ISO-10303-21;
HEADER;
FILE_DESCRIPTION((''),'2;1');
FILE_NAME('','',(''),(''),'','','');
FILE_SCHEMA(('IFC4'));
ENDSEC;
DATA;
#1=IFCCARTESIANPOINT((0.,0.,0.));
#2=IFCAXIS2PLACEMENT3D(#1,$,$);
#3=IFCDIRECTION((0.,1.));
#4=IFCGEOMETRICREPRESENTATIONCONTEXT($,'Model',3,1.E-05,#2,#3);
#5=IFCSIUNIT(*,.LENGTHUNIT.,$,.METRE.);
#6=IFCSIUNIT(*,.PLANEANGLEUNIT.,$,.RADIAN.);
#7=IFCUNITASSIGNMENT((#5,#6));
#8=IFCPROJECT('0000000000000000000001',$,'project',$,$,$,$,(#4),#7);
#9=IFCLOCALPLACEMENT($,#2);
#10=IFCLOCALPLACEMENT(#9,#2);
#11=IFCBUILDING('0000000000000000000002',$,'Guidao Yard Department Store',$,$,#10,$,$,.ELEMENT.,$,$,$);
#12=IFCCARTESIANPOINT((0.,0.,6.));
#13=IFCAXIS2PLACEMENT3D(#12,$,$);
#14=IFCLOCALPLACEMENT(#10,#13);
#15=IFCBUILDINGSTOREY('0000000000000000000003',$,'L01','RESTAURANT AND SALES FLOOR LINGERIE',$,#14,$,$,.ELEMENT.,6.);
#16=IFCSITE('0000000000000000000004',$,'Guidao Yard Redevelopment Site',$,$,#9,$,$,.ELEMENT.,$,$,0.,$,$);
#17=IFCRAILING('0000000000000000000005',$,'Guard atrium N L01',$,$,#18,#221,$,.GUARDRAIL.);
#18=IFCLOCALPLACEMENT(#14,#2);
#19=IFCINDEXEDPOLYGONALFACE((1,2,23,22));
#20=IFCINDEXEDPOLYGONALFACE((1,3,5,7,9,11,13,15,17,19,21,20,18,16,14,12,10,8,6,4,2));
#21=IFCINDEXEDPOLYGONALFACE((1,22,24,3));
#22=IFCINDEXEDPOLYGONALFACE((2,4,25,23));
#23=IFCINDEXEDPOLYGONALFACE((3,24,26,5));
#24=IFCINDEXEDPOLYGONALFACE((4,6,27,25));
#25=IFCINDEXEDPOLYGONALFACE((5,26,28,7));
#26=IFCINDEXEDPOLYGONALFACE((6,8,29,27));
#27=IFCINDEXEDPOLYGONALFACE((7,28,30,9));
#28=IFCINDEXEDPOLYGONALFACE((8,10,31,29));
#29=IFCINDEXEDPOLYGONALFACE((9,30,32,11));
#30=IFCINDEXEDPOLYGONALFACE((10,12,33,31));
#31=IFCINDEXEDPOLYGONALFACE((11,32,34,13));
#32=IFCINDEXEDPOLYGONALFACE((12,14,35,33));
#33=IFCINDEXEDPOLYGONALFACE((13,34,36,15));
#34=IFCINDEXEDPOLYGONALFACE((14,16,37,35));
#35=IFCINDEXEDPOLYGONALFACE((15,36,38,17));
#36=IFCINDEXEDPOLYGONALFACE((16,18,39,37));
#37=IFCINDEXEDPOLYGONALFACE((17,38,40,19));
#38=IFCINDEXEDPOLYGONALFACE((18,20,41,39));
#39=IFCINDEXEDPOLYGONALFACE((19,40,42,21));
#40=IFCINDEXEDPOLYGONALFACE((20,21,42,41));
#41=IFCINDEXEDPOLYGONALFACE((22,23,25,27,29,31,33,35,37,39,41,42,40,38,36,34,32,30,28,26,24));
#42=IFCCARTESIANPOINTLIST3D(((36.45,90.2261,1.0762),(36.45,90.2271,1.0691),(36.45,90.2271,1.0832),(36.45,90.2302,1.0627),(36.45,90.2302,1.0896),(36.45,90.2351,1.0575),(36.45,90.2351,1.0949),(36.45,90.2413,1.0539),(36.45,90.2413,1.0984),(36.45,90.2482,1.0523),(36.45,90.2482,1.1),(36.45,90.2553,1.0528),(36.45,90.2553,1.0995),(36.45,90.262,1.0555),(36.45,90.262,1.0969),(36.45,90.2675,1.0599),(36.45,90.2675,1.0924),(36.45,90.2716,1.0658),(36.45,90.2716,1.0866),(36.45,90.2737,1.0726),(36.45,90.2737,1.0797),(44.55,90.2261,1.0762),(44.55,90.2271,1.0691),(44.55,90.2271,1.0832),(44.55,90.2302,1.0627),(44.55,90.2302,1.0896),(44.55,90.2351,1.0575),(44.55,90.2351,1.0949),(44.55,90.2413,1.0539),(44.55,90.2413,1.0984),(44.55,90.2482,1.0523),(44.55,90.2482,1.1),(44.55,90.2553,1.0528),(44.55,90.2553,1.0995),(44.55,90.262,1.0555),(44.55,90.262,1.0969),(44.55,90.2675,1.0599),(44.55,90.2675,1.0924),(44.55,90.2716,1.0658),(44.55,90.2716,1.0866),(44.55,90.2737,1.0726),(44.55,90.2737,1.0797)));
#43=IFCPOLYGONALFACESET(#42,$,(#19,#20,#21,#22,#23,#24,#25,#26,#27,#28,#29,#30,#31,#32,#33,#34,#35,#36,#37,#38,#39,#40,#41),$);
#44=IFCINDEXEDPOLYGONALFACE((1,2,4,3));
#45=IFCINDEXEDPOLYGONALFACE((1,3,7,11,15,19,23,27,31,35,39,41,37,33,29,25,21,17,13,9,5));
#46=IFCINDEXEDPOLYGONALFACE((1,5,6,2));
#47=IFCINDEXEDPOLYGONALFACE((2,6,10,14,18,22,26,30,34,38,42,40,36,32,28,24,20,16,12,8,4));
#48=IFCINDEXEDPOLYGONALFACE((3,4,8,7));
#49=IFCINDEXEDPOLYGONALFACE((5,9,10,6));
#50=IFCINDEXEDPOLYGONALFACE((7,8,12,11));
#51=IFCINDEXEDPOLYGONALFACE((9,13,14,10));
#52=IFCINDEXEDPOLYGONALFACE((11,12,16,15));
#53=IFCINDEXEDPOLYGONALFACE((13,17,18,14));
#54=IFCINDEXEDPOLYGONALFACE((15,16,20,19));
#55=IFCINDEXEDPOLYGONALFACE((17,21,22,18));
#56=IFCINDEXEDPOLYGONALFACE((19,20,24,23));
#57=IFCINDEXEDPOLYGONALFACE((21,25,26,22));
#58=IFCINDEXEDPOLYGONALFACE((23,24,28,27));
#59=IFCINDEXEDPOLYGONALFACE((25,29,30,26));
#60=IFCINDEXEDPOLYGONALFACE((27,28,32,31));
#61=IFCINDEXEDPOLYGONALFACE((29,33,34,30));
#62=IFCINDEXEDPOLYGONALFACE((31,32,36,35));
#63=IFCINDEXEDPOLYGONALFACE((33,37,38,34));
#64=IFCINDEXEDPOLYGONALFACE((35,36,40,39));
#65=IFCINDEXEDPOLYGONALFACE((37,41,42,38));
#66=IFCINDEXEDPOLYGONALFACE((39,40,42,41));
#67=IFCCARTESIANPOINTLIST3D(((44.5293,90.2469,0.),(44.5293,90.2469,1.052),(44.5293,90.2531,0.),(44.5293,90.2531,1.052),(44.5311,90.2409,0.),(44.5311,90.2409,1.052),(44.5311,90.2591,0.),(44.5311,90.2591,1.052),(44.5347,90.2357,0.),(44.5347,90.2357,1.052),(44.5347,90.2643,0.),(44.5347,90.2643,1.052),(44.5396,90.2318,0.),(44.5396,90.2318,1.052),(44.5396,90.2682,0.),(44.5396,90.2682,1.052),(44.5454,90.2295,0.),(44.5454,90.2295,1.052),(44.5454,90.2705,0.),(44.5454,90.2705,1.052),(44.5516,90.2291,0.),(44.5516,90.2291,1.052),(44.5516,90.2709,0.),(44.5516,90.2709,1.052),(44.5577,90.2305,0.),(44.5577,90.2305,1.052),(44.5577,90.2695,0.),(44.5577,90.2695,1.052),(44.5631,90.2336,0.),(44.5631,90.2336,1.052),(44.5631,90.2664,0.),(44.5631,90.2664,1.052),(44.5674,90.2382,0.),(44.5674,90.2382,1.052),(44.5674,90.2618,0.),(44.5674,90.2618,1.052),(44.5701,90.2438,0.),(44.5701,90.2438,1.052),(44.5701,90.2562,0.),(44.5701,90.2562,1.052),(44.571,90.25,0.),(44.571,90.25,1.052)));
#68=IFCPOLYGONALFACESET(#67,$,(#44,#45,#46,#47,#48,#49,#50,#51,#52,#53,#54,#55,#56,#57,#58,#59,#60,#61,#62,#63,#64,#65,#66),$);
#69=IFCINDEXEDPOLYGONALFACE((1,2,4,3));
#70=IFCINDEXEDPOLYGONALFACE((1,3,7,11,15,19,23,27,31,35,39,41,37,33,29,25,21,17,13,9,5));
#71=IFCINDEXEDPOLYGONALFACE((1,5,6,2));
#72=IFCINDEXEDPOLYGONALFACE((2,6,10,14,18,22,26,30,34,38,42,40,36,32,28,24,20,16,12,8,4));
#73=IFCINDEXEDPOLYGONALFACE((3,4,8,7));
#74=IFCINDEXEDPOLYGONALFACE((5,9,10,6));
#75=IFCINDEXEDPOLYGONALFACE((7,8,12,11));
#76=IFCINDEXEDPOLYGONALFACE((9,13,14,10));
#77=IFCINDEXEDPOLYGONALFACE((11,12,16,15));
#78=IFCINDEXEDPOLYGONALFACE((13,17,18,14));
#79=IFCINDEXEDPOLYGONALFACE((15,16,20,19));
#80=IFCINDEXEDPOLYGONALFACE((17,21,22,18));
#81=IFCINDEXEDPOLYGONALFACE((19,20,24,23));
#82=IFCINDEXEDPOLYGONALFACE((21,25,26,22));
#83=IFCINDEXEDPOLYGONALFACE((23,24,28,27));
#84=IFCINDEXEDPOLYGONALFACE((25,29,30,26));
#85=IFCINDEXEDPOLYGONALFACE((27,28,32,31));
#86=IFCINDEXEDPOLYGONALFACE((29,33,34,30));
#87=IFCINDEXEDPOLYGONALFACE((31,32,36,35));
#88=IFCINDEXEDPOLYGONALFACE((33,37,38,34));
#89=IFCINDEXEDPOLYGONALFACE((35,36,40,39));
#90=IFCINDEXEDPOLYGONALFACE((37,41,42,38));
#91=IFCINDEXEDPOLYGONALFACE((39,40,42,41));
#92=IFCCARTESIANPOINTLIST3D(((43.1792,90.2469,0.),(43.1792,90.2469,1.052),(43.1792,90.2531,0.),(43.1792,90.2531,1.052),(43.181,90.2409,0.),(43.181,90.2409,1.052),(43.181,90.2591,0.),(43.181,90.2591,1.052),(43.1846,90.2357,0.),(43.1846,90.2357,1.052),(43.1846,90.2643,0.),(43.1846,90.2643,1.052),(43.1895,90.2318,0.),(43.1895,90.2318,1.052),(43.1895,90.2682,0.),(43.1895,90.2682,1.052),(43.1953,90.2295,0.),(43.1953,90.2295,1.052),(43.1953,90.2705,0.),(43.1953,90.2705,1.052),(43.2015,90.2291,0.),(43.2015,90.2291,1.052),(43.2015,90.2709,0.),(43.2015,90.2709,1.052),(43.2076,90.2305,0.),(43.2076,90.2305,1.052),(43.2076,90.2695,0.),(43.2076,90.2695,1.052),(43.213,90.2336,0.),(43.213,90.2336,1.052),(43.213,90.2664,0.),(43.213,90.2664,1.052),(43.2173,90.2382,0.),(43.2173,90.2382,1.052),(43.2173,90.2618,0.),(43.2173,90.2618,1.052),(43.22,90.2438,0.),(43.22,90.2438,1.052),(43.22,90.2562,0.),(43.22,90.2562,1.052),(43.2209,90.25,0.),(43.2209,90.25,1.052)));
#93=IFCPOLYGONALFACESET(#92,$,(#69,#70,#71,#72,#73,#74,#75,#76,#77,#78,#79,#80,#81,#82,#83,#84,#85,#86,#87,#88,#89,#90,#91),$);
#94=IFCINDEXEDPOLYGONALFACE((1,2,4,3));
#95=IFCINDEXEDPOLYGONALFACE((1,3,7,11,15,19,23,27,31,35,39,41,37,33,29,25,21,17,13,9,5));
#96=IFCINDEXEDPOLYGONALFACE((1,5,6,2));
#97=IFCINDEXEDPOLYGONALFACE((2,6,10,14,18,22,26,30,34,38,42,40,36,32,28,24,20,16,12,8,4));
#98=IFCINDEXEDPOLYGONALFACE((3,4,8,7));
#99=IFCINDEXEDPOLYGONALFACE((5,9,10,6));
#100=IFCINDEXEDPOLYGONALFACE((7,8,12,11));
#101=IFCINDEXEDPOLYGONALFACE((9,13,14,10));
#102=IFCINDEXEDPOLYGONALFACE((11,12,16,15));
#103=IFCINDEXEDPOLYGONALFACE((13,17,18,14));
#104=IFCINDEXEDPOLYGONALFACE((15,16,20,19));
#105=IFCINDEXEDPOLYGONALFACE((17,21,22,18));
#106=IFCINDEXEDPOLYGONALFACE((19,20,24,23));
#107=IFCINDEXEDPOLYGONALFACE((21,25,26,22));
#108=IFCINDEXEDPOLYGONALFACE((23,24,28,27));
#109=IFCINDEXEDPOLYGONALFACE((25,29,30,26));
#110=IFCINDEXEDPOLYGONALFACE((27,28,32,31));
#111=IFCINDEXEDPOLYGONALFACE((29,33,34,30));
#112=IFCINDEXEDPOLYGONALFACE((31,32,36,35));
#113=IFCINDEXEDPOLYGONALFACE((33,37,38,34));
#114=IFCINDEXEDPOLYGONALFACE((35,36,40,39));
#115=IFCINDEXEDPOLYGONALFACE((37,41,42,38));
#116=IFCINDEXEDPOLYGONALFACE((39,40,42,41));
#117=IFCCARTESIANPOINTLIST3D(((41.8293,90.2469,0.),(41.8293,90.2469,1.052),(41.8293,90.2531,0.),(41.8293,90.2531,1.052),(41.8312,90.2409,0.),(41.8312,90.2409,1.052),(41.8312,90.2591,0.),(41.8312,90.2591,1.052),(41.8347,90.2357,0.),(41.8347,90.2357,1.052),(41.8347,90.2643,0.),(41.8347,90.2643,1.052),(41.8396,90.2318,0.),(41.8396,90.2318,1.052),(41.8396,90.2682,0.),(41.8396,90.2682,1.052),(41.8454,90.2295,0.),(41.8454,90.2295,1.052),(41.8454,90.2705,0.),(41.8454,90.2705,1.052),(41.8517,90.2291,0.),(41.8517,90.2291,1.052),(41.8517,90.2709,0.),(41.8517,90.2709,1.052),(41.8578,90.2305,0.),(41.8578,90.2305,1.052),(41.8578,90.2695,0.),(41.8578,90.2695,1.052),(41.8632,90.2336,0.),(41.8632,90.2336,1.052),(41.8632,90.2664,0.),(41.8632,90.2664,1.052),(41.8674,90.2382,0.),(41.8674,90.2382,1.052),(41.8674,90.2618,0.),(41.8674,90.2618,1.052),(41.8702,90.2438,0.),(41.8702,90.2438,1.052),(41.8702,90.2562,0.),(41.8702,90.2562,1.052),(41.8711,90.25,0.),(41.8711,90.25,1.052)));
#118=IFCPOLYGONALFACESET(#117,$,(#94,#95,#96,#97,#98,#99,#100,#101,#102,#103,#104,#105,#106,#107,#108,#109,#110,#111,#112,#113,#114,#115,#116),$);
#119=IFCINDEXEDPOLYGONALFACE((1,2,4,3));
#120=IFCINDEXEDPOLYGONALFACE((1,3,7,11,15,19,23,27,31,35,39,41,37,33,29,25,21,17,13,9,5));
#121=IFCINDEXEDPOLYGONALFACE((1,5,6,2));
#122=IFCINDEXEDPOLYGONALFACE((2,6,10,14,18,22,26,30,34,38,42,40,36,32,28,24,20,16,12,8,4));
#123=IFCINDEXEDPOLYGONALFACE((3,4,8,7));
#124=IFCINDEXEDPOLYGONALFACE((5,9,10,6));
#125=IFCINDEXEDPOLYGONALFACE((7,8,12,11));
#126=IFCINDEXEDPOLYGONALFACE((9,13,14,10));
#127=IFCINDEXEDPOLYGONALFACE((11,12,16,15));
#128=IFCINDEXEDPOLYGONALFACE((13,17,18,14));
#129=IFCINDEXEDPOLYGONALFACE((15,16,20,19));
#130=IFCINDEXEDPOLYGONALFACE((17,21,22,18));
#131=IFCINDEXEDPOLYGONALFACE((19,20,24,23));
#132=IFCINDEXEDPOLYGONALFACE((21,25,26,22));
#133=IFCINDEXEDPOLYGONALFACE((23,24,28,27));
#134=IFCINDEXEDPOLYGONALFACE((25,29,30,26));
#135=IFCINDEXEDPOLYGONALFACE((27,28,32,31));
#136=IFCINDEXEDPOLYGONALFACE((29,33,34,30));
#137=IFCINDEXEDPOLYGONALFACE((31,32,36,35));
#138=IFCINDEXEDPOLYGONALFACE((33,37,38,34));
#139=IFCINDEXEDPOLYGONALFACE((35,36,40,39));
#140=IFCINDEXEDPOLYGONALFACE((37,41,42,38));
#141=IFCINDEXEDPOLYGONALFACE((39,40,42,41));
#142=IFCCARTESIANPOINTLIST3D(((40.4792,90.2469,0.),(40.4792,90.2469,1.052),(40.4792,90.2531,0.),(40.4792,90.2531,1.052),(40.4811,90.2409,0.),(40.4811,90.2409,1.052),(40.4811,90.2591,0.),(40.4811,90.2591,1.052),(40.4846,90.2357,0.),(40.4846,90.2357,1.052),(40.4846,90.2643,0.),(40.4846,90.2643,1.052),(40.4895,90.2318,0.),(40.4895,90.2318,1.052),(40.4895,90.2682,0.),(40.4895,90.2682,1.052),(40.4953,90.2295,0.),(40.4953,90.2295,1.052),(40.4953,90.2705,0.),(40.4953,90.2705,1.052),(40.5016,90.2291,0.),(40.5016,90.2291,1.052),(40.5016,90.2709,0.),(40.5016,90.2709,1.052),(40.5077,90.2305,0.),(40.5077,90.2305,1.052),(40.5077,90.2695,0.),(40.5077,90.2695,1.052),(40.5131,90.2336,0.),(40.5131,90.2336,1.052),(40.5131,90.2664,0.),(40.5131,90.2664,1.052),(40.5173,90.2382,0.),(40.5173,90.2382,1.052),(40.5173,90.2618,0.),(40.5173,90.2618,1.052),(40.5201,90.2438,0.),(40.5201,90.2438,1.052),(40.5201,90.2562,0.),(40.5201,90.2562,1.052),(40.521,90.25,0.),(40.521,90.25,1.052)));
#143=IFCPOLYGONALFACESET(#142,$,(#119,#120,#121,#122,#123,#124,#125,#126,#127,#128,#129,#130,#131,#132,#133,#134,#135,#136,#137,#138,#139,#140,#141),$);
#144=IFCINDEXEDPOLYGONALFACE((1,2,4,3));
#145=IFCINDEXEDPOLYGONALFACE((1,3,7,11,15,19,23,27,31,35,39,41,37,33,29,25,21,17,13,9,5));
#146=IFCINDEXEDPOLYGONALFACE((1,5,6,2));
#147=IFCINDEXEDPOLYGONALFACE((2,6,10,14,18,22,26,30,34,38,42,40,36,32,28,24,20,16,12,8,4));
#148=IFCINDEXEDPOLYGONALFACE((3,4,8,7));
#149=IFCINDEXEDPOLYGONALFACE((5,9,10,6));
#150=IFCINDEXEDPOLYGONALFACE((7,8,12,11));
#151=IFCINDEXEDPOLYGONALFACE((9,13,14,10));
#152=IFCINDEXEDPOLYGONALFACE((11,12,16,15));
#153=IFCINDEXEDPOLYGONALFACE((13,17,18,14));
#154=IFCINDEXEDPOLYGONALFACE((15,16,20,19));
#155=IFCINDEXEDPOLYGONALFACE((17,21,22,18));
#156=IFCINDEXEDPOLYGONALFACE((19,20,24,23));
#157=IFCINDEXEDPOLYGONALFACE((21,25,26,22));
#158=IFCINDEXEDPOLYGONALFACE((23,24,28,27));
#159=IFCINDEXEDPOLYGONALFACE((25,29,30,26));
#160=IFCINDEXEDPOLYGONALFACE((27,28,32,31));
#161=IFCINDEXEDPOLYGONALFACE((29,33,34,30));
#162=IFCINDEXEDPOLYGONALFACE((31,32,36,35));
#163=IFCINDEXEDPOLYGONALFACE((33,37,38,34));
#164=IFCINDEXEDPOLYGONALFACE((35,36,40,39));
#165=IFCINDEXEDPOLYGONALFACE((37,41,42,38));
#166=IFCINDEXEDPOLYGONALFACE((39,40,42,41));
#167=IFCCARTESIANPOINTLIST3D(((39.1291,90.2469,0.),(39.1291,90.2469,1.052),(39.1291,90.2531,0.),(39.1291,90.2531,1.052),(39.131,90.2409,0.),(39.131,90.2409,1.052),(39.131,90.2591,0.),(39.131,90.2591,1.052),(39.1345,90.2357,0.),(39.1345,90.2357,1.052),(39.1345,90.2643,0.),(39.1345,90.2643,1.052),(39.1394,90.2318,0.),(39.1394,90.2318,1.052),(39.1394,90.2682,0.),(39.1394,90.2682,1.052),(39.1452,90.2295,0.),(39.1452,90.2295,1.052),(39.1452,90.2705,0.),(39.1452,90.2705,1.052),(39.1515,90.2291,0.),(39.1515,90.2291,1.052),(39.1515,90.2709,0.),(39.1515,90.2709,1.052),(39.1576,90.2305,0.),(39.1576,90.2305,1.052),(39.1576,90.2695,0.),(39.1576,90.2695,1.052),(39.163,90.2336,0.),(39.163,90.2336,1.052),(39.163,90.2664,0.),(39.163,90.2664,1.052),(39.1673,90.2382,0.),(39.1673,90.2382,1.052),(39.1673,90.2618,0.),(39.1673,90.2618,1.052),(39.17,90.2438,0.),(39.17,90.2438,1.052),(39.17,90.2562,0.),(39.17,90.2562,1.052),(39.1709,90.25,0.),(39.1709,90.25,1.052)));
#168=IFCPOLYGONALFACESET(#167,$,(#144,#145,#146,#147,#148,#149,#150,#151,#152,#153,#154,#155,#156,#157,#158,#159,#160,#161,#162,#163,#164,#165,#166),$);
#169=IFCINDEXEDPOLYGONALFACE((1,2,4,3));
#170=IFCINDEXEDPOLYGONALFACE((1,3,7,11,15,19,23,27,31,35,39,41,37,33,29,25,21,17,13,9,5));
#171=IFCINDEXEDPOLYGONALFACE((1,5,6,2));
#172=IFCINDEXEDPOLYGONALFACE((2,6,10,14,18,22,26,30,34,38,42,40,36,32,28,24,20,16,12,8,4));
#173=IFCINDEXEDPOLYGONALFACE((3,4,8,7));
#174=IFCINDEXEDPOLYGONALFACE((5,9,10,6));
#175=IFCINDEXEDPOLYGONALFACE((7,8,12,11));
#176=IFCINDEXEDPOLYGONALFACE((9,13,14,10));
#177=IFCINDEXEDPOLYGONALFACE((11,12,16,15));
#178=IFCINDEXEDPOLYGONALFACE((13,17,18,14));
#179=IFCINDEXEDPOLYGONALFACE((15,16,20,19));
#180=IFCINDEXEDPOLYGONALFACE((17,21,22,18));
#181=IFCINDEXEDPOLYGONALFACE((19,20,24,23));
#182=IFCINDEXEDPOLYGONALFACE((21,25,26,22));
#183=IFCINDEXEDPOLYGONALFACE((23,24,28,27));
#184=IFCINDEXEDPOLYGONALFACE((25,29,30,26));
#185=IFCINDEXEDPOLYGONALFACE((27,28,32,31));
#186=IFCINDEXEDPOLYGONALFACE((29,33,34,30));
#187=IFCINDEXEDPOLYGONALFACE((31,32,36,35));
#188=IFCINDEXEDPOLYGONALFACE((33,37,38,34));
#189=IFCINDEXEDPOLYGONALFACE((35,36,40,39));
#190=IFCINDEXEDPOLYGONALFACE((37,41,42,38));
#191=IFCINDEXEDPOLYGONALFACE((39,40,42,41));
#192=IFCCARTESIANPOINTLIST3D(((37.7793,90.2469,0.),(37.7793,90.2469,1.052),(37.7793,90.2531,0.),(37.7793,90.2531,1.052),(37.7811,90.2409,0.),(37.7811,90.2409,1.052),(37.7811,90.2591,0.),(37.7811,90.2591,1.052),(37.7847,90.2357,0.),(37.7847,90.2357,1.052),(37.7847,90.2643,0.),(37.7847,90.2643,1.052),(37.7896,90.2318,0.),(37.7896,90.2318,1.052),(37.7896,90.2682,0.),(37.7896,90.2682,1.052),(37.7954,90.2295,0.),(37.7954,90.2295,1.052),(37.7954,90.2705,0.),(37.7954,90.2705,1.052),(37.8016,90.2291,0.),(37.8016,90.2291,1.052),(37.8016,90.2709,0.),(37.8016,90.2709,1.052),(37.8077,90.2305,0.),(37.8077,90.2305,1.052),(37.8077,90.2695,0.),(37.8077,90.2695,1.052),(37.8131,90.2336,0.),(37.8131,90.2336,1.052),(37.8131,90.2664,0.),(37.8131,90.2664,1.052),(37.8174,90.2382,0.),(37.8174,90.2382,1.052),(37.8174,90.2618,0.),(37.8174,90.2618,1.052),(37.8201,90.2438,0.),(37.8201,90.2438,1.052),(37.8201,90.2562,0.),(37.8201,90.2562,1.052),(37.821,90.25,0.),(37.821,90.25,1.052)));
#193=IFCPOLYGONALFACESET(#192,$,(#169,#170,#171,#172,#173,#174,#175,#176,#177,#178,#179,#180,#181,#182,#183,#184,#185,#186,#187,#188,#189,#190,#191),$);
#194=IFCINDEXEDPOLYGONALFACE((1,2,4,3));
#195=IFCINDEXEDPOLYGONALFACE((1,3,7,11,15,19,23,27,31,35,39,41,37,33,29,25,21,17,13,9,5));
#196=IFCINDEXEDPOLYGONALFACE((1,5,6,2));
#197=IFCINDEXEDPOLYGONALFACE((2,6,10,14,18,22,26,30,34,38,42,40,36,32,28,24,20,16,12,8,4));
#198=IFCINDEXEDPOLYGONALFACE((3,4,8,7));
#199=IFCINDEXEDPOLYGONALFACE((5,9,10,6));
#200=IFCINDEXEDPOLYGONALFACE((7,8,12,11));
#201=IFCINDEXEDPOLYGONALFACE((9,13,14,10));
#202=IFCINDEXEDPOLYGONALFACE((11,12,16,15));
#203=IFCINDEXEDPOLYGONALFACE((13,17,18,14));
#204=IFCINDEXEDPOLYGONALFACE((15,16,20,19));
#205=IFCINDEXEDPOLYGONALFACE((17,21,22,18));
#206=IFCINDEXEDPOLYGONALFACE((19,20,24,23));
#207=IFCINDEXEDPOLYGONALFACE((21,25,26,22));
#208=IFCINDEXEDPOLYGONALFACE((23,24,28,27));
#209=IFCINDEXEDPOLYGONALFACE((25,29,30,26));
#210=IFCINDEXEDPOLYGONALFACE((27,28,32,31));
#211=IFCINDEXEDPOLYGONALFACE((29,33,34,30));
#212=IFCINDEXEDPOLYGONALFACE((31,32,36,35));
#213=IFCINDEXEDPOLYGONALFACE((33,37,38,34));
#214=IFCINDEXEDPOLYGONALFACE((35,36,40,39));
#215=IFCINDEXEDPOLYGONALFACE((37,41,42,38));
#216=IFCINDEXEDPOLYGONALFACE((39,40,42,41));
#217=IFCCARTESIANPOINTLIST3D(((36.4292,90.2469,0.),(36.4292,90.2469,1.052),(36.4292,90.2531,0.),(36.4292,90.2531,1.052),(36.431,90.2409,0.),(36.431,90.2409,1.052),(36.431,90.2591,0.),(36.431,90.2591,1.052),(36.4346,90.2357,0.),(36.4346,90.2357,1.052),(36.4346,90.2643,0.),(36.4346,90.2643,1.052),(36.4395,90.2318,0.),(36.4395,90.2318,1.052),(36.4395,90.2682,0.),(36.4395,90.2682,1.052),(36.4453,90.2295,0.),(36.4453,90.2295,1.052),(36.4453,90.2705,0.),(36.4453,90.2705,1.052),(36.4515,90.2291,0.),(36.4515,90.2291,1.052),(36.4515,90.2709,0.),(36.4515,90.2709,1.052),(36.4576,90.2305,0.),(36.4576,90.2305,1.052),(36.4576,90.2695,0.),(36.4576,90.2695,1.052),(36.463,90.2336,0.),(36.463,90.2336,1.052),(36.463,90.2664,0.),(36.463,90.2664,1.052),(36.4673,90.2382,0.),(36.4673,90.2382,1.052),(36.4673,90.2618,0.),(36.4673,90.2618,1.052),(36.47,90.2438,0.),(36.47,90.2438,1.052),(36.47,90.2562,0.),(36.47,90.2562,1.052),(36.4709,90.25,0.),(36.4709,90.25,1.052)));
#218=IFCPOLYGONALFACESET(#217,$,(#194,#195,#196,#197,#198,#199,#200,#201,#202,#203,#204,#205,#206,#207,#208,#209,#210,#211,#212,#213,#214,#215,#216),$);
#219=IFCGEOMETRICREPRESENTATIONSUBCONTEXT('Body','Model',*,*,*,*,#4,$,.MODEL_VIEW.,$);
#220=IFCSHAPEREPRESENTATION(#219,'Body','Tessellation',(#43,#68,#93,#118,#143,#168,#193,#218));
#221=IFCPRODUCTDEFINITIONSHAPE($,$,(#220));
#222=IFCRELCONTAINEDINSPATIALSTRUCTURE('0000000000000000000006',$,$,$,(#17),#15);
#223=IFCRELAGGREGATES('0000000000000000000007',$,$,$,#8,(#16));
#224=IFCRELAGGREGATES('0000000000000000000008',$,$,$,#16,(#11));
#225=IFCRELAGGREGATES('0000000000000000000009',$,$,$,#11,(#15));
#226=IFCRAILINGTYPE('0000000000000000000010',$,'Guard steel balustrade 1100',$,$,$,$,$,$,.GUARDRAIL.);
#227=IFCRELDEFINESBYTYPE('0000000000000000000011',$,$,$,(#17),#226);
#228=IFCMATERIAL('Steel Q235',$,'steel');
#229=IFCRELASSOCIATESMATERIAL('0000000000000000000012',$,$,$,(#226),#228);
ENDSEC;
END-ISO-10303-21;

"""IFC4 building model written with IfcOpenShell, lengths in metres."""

from ifc_helpers import new_model, si_unit, direction, frame, origin, origin_2d, place, context, subcontext, project, spatial, circle, extrude, material, type_object, element, save


model = new_model("IFC4")

# Units and contexts
model_context = context("Model", 3, precision=1e-05, world=origin(), true_north=direction((0.0, 1.0)))
body_context = subcontext(model_context, "Body", "Model", "MODEL_VIEW")
ifc_project = project(units=[si_unit("LENGTHUNIT", "METRE"), si_unit("PLANEANGLEUNIT", "RADIAN")], contexts=[model_context])

# Site, building, storey
site_placement = place(None, origin())
site = spatial("IfcSite", under=ifc_project, at=site_placement, Name="Guidao Yard Redevelopment Site", CompositionType="ELEMENT", RefElevation=0.0)
building_placement = place(site_placement, origin())
building = spatial("IfcBuilding", under=site, at=building_placement, Name="Guidao Yard Department Store", CompositionType="ELEMENT")
storey_placement = place(building_placement, frame((0.0, 0.0, 6.0)))
storey = spatial("IfcBuildingStorey", under=building, at=storey_placement, Name="L01", Description="RESTAURANT AND SALES FLOOR LINGERIE", CompositionType="ELEMENT", Elevation=6.0)

# Railing
ifc_material_1 = material(Name="Steel Q235", Category="steel")
railing_type_1 = type_object("IfcRailingType", Name="Guard steel balustrade 1100", PredefinedType="GUARDRAIL", material=ifc_material_1)
railing_placement = place(storey_placement, frame((44.55, 90.25, 0.0)))
element("IfcRailing", 1, at=railing_placement, inside=storey, type_object=railing_type_1, Name="Guard atrium N L01", PredefinedType="GUARDRAIL", context=body_context, shape_type="SweptSolid", body=[
    extrude(circle(Radius=0.0239, at=origin_2d()), frame((0.0, 0.0, 1.0762), z_axis=(-1.0, 0.0, 0.0), x_axis=(0.0, -1.0, 0.0)), (0.0, 0.0, 1.0), 8.1001),
    extrude(circle(Radius=0.021, at=origin_2d()), origin(), (0.0, 0.0, 1.0), 1.052),
    extrude(circle(Radius=0.021, at=origin_2d()), frame((-1.3501, 0.0, 0.0)), (0.0, 0.0, 1.0), 1.052),
    extrude(circle(Radius=0.021, at=origin_2d()), frame((-2.7, 0.0, 0.0)), (0.0, 0.0, 1.0), 1.052),
    extrude(circle(Radius=0.021, at=origin_2d()), frame((-4.05, 0.0, 0.0)), (0.0, 0.0, 1.0), 1.052),
    extrude(circle(Radius=0.021, at=origin_2d()), frame((-5.4001, 0.0, 0.0)), (0.0, 0.0, 1.0), 1.052),
    extrude(circle(Radius=0.021, at=origin_2d()), frame((-6.75, 0.0, 0.0)), (0.0, 0.0, 1.0), 1.052),
    extrude(circle(Radius=0.021, at=origin_2d()), frame((-8.1001, 0.0, 0.0)), (0.0, 0.0, 1.0), 1.052),
])

save(model, "model.ifc")
